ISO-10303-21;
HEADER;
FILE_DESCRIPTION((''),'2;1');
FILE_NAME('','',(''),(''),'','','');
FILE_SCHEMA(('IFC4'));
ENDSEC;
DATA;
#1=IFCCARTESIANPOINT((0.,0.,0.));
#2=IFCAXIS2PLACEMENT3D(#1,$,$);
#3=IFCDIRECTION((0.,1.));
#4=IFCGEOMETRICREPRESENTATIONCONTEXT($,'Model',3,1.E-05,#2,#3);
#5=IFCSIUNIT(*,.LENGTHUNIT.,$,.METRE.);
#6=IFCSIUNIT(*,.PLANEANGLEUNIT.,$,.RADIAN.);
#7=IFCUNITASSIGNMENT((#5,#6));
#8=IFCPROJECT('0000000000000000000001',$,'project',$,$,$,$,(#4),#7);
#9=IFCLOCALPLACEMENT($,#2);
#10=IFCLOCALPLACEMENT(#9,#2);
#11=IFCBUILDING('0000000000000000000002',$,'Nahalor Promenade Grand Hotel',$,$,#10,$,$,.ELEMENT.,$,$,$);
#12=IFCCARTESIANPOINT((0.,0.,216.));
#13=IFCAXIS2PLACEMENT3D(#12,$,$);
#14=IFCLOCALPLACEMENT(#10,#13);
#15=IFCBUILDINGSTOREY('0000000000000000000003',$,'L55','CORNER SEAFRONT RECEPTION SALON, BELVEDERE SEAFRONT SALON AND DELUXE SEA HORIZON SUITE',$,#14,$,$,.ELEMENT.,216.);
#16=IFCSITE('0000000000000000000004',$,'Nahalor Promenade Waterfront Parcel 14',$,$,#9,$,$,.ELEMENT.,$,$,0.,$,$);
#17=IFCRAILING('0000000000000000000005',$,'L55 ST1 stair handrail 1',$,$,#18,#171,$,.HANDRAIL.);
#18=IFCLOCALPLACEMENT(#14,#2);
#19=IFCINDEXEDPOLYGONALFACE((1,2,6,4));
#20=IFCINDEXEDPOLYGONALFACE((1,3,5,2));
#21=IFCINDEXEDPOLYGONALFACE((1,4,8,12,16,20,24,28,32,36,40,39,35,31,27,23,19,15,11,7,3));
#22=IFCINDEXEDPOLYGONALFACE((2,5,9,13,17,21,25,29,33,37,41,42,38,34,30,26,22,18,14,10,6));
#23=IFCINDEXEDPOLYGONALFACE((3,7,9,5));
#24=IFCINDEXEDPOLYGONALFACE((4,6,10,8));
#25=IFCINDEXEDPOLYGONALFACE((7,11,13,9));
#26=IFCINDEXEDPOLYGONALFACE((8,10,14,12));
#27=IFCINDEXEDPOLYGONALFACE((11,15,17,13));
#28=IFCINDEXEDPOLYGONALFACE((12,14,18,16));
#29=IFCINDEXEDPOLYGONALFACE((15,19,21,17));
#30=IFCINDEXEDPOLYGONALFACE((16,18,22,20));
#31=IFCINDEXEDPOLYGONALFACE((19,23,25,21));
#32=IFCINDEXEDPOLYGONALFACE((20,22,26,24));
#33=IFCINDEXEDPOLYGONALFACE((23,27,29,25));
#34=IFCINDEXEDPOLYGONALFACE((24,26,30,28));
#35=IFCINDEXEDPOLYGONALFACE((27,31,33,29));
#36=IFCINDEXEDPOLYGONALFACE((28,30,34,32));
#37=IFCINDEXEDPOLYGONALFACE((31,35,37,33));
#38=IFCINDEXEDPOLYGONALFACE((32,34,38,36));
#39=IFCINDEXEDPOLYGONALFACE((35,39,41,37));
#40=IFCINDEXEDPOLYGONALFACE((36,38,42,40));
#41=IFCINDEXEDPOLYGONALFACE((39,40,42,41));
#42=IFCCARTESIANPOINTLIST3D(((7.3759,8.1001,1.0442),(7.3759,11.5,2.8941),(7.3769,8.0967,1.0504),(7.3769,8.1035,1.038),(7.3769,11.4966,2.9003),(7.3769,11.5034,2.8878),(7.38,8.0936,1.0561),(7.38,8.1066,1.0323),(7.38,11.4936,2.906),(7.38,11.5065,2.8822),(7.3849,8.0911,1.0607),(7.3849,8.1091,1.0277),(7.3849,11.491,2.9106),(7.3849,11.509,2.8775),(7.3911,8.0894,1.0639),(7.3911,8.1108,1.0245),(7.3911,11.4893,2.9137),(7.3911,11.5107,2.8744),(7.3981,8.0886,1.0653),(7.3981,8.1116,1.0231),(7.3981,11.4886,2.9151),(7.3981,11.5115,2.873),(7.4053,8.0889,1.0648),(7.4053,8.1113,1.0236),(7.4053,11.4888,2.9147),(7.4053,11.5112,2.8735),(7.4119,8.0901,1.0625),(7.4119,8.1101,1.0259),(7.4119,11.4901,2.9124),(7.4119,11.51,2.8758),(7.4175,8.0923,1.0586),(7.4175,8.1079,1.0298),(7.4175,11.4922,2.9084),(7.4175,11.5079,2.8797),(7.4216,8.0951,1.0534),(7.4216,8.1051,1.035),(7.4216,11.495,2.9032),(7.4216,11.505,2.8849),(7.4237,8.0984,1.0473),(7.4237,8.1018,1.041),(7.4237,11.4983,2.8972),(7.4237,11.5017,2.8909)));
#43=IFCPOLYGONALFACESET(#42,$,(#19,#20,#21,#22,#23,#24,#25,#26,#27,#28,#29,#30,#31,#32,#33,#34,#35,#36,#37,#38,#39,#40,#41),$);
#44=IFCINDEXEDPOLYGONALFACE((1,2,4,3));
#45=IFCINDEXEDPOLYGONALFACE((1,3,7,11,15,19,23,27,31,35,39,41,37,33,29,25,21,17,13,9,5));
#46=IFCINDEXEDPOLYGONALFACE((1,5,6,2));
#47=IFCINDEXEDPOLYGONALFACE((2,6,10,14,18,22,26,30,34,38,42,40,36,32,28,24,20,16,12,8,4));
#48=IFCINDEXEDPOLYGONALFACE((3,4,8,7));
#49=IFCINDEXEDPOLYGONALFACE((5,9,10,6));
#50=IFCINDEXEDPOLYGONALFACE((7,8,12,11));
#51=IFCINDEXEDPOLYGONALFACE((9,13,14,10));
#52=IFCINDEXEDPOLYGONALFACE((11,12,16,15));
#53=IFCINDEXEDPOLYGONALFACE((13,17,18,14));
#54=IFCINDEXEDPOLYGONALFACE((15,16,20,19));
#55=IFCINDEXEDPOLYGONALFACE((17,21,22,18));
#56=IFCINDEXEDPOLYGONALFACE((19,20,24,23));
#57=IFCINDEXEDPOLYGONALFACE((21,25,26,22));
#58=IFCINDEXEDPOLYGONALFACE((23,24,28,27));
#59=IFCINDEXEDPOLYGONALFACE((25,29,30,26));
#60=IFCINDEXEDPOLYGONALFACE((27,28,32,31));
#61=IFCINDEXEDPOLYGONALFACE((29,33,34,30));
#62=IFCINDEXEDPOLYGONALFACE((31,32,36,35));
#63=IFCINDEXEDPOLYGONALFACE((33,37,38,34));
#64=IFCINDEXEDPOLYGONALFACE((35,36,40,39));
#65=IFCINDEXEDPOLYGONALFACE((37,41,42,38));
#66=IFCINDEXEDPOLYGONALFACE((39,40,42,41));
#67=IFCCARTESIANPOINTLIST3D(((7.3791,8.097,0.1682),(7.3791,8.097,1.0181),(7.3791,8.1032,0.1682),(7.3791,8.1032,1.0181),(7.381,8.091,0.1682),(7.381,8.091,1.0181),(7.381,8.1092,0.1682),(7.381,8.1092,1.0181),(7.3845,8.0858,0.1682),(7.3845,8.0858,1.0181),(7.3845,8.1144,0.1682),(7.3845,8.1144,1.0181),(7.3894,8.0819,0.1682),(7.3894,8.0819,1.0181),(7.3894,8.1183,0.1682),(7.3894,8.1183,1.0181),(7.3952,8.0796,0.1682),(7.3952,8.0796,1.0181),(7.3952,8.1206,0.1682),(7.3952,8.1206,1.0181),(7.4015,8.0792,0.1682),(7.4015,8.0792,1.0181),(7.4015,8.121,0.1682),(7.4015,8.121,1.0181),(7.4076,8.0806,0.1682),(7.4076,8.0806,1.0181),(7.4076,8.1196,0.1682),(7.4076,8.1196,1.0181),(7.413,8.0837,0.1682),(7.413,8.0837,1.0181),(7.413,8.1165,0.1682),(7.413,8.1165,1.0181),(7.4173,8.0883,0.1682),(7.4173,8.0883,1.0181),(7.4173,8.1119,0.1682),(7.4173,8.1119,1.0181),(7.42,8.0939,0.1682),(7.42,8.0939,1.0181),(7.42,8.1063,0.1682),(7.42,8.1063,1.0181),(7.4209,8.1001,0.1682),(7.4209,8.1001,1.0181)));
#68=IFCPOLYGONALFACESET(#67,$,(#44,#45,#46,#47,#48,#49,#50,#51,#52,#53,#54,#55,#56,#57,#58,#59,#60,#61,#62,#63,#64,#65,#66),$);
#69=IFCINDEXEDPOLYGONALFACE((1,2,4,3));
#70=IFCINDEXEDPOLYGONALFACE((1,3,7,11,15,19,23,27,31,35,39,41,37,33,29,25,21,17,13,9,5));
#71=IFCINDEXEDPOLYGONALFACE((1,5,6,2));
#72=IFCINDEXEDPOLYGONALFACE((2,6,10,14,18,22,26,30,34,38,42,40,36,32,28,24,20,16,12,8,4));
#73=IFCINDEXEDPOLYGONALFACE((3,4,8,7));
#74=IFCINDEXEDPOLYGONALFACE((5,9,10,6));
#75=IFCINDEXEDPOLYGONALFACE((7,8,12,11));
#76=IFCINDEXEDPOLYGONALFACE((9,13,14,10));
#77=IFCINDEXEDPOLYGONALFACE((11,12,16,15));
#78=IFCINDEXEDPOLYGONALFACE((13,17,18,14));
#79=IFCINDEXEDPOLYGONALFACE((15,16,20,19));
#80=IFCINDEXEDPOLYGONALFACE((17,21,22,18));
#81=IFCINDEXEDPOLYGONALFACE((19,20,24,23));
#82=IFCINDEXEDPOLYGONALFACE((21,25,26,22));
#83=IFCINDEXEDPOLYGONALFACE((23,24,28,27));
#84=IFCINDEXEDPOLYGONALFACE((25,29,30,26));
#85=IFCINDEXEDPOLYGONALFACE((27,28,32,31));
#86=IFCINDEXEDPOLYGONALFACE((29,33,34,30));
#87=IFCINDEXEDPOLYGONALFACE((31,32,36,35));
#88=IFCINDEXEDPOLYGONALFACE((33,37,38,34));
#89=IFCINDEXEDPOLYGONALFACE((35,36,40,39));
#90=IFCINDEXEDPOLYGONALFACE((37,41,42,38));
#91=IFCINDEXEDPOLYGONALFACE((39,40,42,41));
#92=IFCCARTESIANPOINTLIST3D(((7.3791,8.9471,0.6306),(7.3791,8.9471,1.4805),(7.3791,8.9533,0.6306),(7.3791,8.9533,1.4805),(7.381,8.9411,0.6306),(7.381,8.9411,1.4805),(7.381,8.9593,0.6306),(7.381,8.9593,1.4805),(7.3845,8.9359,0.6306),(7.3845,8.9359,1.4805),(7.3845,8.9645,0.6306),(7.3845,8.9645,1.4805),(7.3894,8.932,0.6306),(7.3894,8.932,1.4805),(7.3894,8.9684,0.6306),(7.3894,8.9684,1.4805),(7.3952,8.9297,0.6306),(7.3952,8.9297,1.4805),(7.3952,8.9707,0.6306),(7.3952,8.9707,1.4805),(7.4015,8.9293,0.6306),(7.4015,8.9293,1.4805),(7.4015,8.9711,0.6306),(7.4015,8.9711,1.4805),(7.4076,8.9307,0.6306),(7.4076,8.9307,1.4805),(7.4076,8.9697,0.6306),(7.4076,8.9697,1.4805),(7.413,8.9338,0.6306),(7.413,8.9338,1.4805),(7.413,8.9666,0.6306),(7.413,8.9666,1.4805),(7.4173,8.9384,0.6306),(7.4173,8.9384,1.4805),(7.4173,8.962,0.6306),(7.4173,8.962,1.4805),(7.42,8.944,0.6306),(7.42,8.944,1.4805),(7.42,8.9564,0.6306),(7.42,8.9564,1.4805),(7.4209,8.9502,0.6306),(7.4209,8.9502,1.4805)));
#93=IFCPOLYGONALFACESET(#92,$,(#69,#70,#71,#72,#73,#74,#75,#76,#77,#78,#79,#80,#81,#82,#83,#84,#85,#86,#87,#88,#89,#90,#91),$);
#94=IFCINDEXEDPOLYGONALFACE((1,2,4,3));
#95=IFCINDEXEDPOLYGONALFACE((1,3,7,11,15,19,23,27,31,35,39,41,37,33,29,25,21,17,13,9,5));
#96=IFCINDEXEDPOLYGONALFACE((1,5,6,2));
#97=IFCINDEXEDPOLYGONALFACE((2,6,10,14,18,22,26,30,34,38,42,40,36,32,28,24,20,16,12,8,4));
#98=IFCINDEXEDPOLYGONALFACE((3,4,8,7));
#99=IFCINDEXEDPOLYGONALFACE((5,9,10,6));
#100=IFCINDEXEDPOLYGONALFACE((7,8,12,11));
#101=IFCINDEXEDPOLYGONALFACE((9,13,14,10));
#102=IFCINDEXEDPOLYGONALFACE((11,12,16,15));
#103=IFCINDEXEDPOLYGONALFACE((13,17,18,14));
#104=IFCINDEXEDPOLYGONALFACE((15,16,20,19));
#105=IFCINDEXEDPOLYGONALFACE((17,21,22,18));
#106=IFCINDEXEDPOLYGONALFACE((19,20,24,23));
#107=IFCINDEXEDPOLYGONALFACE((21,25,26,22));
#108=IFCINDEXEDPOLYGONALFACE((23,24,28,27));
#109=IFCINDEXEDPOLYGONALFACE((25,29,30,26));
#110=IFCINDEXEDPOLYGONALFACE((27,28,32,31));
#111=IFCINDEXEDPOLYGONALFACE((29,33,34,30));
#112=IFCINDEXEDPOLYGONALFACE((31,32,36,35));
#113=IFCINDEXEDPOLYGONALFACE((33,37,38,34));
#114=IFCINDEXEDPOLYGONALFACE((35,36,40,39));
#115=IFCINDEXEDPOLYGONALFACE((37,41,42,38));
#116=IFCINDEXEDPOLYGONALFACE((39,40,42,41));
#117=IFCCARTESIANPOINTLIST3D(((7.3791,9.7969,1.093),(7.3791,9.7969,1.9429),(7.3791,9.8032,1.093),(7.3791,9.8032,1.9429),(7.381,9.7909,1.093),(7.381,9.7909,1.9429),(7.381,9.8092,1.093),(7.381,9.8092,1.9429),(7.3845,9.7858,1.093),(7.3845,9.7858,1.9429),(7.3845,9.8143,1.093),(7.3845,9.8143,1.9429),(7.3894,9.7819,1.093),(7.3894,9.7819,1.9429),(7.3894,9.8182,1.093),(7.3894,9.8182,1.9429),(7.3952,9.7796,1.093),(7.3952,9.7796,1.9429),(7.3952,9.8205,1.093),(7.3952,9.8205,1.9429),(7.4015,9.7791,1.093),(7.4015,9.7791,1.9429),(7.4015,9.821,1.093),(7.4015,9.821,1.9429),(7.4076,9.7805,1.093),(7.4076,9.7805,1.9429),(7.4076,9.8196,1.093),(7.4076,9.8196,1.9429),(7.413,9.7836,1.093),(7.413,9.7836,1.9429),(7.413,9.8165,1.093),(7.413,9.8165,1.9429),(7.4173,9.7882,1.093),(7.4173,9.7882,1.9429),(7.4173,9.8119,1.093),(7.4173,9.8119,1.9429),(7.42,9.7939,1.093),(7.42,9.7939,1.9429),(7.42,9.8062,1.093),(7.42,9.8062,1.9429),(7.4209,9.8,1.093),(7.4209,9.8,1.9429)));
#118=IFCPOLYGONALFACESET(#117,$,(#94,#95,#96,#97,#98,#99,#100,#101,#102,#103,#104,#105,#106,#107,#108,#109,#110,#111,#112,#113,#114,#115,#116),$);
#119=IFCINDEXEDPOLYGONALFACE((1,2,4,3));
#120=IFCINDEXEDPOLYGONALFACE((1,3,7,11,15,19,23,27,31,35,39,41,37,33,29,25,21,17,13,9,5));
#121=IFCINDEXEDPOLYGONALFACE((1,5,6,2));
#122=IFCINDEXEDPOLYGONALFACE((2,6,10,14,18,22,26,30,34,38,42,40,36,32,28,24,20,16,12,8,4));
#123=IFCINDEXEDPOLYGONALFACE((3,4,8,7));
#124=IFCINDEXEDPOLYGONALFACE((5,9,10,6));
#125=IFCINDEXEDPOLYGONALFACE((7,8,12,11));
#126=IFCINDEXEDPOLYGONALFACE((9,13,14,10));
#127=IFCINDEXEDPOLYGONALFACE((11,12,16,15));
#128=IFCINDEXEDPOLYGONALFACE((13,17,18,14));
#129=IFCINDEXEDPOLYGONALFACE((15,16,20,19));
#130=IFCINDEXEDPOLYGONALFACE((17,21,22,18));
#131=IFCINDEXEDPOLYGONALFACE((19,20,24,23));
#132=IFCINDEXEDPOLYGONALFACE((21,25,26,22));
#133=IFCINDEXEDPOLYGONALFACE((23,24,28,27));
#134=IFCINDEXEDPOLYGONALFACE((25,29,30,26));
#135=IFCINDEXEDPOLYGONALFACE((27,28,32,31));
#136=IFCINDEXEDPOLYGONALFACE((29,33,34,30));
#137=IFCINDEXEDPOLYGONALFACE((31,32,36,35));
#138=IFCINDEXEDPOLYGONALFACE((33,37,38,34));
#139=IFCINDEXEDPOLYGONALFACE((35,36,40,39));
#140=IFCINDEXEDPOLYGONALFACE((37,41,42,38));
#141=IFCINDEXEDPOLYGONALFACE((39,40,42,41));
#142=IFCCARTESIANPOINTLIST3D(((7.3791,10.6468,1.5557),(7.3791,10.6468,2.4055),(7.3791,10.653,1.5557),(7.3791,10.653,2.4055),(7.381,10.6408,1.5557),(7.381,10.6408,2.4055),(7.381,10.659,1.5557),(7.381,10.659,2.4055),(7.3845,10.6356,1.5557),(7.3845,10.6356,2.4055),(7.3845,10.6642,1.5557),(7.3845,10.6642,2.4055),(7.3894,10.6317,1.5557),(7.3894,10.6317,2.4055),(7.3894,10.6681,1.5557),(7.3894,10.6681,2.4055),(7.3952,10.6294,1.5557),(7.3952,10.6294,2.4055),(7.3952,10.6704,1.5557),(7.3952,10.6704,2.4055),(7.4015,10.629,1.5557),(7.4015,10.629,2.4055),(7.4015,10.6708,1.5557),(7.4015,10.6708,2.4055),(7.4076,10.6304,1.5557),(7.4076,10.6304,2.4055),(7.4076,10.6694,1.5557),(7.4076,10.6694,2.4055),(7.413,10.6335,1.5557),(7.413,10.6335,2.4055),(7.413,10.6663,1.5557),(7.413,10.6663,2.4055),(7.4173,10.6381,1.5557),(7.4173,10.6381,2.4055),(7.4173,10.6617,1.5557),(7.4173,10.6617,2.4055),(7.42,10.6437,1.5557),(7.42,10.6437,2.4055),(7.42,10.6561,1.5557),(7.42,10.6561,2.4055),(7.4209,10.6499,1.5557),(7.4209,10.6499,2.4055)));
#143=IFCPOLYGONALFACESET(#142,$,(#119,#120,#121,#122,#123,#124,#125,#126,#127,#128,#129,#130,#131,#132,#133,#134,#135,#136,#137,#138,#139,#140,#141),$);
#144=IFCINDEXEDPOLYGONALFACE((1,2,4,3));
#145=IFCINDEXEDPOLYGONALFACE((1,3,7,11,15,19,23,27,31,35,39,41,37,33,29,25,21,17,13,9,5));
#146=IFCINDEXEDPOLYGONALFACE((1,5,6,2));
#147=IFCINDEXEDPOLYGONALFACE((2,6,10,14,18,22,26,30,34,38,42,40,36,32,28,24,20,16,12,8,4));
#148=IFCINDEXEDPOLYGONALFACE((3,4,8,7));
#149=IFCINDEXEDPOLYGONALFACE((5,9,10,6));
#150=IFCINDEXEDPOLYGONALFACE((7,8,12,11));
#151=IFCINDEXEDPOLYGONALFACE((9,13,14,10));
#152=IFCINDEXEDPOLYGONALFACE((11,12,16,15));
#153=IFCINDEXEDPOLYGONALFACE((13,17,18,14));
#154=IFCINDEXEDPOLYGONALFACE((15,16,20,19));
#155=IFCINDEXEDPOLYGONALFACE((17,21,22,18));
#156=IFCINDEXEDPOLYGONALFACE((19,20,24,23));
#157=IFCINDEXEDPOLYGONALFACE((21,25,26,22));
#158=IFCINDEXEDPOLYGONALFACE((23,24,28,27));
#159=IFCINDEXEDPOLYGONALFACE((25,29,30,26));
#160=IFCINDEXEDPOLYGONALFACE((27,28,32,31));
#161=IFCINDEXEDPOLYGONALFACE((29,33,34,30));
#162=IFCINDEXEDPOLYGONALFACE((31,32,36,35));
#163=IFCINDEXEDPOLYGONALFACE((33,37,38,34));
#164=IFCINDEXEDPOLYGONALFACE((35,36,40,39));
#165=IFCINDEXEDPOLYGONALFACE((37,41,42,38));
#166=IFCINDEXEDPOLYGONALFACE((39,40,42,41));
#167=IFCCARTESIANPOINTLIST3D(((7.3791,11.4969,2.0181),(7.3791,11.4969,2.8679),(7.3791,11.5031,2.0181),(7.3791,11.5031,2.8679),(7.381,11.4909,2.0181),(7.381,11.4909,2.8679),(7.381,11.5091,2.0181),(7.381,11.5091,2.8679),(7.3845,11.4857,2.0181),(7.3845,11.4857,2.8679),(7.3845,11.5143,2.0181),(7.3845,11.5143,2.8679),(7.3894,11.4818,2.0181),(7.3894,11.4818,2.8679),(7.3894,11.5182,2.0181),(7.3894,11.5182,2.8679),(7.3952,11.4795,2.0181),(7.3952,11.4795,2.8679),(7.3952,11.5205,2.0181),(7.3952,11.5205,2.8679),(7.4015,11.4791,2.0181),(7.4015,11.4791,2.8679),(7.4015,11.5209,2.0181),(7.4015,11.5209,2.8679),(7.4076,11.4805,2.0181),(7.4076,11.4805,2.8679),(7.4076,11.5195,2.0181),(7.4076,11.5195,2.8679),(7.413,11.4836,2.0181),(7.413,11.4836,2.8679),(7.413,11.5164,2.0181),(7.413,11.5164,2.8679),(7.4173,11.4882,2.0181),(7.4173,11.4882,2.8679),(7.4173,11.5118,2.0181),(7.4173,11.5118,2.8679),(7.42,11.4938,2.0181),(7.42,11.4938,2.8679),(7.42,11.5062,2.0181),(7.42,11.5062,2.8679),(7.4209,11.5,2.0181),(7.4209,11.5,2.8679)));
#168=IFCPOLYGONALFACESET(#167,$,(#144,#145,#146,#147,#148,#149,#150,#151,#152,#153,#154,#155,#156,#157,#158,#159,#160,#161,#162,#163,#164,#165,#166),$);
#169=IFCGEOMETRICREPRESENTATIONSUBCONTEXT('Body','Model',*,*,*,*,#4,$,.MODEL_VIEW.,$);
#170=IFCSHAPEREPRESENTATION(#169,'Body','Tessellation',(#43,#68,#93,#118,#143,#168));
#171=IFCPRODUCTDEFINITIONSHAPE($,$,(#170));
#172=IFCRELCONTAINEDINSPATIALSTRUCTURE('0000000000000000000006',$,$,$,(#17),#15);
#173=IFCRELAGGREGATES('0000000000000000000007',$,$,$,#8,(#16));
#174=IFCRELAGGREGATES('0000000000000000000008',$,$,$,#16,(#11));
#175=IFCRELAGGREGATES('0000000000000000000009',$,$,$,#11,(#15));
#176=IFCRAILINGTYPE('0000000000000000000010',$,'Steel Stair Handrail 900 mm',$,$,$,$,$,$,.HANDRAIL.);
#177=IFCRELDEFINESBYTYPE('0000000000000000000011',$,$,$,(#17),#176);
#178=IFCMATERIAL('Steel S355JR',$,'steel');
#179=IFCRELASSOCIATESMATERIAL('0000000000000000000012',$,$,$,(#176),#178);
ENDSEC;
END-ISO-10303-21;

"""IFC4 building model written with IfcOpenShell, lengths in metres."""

from ifc_helpers import new_model, si_unit, direction, frame, origin, origin_2d, place, context, subcontext, project, spatial, circle, extrude, material, type_object, element, save


model = new_model("IFC4")

# Units and contexts
model_context = context("Model", 3, precision=1e-05, world=origin(), true_north=direction((0.0, 1.0)))
body_context = subcontext(model_context, "Body", "Model", "MODEL_VIEW")
ifc_project = project(units=[si_unit("LENGTHUNIT", "METRE"), si_unit("PLANEANGLEUNIT", "RADIAN")], contexts=[model_context])

# Site, building, storey
site_placement = place(None, origin())
site = spatial("IfcSite", under=ifc_project, at=site_placement, Name="Nahalor Promenade Waterfront Parcel 14", CompositionType="ELEMENT", RefElevation=0.0)
building_placement = place(site_placement, origin())
building = spatial("IfcBuilding", under=site, at=building_placement, Name="Nahalor Promenade Grand Hotel", CompositionType="ELEMENT")
storey_placement = place(building_placement, frame((0.0, 0.0, 216.0)))
storey = spatial("IfcBuildingStorey", under=building, at=storey_placement, Name="L55", Description="CORNER SEAFRONT RECEPTION SALON, BELVEDERE SEAFRONT SALON AND DELUXE SEA HORIZON SUITE", CompositionType="ELEMENT", Elevation=216.0)

# Shared definitions
ifc_material_1 = material(Name="Steel S355JR", Category="steel")

# Railing
railing_type_1 = type_object("IfcRailingType", Name="Steel Stair Handrail 900 mm", PredefinedType="HANDRAIL", material=ifc_material_1)
railing_1_placement = place(storey_placement, frame((7.3999, 8.1001, 0.1682)))
element("IfcRailing", 1, at=railing_1_placement, inside=storey, type_object=railing_type_1, Name="L55 ST1 stair handrail 1", PredefinedType="HANDRAIL", context=body_context, shape_type="SweptSolid", body=[
    extrude(circle(Radius=0.024, at=origin_2d()), frame((0.0, 0.0, 0.876), z_axis=(0.0, 0.878399, 0.477928), x_axis=(-1.0, 0.0, 0.0)), (0.0, 0.0, 1.0), 3.8706),
    extrude(circle(Radius=0.021, at=origin_2d()), origin(), (0.0, 0.0, 1.0), 0.8499),
    extrude(circle(Radius=0.021, at=origin_2d()), frame((0.0, 0.8501, 0.4624)), (0.0, 0.0, 1.0), 0.8499),
    extrude(circle(Radius=0.021, at=origin_2d()), frame((0.0, 1.7, 0.9248)), (0.0, 0.0, 1.0), 0.8499),
    extrude(circle(Radius=0.021, at=origin_2d()), frame((0.0, 2.5498, 1.3875)), (0.0, 0.0, 1.0), 0.8499),
    extrude(circle(Radius=0.021, at=origin_2d()), frame((0.0, 3.3999, 1.8499)), (0.0, 0.0, 1.0), 0.8499),
])

save(model, "model.ifc")
